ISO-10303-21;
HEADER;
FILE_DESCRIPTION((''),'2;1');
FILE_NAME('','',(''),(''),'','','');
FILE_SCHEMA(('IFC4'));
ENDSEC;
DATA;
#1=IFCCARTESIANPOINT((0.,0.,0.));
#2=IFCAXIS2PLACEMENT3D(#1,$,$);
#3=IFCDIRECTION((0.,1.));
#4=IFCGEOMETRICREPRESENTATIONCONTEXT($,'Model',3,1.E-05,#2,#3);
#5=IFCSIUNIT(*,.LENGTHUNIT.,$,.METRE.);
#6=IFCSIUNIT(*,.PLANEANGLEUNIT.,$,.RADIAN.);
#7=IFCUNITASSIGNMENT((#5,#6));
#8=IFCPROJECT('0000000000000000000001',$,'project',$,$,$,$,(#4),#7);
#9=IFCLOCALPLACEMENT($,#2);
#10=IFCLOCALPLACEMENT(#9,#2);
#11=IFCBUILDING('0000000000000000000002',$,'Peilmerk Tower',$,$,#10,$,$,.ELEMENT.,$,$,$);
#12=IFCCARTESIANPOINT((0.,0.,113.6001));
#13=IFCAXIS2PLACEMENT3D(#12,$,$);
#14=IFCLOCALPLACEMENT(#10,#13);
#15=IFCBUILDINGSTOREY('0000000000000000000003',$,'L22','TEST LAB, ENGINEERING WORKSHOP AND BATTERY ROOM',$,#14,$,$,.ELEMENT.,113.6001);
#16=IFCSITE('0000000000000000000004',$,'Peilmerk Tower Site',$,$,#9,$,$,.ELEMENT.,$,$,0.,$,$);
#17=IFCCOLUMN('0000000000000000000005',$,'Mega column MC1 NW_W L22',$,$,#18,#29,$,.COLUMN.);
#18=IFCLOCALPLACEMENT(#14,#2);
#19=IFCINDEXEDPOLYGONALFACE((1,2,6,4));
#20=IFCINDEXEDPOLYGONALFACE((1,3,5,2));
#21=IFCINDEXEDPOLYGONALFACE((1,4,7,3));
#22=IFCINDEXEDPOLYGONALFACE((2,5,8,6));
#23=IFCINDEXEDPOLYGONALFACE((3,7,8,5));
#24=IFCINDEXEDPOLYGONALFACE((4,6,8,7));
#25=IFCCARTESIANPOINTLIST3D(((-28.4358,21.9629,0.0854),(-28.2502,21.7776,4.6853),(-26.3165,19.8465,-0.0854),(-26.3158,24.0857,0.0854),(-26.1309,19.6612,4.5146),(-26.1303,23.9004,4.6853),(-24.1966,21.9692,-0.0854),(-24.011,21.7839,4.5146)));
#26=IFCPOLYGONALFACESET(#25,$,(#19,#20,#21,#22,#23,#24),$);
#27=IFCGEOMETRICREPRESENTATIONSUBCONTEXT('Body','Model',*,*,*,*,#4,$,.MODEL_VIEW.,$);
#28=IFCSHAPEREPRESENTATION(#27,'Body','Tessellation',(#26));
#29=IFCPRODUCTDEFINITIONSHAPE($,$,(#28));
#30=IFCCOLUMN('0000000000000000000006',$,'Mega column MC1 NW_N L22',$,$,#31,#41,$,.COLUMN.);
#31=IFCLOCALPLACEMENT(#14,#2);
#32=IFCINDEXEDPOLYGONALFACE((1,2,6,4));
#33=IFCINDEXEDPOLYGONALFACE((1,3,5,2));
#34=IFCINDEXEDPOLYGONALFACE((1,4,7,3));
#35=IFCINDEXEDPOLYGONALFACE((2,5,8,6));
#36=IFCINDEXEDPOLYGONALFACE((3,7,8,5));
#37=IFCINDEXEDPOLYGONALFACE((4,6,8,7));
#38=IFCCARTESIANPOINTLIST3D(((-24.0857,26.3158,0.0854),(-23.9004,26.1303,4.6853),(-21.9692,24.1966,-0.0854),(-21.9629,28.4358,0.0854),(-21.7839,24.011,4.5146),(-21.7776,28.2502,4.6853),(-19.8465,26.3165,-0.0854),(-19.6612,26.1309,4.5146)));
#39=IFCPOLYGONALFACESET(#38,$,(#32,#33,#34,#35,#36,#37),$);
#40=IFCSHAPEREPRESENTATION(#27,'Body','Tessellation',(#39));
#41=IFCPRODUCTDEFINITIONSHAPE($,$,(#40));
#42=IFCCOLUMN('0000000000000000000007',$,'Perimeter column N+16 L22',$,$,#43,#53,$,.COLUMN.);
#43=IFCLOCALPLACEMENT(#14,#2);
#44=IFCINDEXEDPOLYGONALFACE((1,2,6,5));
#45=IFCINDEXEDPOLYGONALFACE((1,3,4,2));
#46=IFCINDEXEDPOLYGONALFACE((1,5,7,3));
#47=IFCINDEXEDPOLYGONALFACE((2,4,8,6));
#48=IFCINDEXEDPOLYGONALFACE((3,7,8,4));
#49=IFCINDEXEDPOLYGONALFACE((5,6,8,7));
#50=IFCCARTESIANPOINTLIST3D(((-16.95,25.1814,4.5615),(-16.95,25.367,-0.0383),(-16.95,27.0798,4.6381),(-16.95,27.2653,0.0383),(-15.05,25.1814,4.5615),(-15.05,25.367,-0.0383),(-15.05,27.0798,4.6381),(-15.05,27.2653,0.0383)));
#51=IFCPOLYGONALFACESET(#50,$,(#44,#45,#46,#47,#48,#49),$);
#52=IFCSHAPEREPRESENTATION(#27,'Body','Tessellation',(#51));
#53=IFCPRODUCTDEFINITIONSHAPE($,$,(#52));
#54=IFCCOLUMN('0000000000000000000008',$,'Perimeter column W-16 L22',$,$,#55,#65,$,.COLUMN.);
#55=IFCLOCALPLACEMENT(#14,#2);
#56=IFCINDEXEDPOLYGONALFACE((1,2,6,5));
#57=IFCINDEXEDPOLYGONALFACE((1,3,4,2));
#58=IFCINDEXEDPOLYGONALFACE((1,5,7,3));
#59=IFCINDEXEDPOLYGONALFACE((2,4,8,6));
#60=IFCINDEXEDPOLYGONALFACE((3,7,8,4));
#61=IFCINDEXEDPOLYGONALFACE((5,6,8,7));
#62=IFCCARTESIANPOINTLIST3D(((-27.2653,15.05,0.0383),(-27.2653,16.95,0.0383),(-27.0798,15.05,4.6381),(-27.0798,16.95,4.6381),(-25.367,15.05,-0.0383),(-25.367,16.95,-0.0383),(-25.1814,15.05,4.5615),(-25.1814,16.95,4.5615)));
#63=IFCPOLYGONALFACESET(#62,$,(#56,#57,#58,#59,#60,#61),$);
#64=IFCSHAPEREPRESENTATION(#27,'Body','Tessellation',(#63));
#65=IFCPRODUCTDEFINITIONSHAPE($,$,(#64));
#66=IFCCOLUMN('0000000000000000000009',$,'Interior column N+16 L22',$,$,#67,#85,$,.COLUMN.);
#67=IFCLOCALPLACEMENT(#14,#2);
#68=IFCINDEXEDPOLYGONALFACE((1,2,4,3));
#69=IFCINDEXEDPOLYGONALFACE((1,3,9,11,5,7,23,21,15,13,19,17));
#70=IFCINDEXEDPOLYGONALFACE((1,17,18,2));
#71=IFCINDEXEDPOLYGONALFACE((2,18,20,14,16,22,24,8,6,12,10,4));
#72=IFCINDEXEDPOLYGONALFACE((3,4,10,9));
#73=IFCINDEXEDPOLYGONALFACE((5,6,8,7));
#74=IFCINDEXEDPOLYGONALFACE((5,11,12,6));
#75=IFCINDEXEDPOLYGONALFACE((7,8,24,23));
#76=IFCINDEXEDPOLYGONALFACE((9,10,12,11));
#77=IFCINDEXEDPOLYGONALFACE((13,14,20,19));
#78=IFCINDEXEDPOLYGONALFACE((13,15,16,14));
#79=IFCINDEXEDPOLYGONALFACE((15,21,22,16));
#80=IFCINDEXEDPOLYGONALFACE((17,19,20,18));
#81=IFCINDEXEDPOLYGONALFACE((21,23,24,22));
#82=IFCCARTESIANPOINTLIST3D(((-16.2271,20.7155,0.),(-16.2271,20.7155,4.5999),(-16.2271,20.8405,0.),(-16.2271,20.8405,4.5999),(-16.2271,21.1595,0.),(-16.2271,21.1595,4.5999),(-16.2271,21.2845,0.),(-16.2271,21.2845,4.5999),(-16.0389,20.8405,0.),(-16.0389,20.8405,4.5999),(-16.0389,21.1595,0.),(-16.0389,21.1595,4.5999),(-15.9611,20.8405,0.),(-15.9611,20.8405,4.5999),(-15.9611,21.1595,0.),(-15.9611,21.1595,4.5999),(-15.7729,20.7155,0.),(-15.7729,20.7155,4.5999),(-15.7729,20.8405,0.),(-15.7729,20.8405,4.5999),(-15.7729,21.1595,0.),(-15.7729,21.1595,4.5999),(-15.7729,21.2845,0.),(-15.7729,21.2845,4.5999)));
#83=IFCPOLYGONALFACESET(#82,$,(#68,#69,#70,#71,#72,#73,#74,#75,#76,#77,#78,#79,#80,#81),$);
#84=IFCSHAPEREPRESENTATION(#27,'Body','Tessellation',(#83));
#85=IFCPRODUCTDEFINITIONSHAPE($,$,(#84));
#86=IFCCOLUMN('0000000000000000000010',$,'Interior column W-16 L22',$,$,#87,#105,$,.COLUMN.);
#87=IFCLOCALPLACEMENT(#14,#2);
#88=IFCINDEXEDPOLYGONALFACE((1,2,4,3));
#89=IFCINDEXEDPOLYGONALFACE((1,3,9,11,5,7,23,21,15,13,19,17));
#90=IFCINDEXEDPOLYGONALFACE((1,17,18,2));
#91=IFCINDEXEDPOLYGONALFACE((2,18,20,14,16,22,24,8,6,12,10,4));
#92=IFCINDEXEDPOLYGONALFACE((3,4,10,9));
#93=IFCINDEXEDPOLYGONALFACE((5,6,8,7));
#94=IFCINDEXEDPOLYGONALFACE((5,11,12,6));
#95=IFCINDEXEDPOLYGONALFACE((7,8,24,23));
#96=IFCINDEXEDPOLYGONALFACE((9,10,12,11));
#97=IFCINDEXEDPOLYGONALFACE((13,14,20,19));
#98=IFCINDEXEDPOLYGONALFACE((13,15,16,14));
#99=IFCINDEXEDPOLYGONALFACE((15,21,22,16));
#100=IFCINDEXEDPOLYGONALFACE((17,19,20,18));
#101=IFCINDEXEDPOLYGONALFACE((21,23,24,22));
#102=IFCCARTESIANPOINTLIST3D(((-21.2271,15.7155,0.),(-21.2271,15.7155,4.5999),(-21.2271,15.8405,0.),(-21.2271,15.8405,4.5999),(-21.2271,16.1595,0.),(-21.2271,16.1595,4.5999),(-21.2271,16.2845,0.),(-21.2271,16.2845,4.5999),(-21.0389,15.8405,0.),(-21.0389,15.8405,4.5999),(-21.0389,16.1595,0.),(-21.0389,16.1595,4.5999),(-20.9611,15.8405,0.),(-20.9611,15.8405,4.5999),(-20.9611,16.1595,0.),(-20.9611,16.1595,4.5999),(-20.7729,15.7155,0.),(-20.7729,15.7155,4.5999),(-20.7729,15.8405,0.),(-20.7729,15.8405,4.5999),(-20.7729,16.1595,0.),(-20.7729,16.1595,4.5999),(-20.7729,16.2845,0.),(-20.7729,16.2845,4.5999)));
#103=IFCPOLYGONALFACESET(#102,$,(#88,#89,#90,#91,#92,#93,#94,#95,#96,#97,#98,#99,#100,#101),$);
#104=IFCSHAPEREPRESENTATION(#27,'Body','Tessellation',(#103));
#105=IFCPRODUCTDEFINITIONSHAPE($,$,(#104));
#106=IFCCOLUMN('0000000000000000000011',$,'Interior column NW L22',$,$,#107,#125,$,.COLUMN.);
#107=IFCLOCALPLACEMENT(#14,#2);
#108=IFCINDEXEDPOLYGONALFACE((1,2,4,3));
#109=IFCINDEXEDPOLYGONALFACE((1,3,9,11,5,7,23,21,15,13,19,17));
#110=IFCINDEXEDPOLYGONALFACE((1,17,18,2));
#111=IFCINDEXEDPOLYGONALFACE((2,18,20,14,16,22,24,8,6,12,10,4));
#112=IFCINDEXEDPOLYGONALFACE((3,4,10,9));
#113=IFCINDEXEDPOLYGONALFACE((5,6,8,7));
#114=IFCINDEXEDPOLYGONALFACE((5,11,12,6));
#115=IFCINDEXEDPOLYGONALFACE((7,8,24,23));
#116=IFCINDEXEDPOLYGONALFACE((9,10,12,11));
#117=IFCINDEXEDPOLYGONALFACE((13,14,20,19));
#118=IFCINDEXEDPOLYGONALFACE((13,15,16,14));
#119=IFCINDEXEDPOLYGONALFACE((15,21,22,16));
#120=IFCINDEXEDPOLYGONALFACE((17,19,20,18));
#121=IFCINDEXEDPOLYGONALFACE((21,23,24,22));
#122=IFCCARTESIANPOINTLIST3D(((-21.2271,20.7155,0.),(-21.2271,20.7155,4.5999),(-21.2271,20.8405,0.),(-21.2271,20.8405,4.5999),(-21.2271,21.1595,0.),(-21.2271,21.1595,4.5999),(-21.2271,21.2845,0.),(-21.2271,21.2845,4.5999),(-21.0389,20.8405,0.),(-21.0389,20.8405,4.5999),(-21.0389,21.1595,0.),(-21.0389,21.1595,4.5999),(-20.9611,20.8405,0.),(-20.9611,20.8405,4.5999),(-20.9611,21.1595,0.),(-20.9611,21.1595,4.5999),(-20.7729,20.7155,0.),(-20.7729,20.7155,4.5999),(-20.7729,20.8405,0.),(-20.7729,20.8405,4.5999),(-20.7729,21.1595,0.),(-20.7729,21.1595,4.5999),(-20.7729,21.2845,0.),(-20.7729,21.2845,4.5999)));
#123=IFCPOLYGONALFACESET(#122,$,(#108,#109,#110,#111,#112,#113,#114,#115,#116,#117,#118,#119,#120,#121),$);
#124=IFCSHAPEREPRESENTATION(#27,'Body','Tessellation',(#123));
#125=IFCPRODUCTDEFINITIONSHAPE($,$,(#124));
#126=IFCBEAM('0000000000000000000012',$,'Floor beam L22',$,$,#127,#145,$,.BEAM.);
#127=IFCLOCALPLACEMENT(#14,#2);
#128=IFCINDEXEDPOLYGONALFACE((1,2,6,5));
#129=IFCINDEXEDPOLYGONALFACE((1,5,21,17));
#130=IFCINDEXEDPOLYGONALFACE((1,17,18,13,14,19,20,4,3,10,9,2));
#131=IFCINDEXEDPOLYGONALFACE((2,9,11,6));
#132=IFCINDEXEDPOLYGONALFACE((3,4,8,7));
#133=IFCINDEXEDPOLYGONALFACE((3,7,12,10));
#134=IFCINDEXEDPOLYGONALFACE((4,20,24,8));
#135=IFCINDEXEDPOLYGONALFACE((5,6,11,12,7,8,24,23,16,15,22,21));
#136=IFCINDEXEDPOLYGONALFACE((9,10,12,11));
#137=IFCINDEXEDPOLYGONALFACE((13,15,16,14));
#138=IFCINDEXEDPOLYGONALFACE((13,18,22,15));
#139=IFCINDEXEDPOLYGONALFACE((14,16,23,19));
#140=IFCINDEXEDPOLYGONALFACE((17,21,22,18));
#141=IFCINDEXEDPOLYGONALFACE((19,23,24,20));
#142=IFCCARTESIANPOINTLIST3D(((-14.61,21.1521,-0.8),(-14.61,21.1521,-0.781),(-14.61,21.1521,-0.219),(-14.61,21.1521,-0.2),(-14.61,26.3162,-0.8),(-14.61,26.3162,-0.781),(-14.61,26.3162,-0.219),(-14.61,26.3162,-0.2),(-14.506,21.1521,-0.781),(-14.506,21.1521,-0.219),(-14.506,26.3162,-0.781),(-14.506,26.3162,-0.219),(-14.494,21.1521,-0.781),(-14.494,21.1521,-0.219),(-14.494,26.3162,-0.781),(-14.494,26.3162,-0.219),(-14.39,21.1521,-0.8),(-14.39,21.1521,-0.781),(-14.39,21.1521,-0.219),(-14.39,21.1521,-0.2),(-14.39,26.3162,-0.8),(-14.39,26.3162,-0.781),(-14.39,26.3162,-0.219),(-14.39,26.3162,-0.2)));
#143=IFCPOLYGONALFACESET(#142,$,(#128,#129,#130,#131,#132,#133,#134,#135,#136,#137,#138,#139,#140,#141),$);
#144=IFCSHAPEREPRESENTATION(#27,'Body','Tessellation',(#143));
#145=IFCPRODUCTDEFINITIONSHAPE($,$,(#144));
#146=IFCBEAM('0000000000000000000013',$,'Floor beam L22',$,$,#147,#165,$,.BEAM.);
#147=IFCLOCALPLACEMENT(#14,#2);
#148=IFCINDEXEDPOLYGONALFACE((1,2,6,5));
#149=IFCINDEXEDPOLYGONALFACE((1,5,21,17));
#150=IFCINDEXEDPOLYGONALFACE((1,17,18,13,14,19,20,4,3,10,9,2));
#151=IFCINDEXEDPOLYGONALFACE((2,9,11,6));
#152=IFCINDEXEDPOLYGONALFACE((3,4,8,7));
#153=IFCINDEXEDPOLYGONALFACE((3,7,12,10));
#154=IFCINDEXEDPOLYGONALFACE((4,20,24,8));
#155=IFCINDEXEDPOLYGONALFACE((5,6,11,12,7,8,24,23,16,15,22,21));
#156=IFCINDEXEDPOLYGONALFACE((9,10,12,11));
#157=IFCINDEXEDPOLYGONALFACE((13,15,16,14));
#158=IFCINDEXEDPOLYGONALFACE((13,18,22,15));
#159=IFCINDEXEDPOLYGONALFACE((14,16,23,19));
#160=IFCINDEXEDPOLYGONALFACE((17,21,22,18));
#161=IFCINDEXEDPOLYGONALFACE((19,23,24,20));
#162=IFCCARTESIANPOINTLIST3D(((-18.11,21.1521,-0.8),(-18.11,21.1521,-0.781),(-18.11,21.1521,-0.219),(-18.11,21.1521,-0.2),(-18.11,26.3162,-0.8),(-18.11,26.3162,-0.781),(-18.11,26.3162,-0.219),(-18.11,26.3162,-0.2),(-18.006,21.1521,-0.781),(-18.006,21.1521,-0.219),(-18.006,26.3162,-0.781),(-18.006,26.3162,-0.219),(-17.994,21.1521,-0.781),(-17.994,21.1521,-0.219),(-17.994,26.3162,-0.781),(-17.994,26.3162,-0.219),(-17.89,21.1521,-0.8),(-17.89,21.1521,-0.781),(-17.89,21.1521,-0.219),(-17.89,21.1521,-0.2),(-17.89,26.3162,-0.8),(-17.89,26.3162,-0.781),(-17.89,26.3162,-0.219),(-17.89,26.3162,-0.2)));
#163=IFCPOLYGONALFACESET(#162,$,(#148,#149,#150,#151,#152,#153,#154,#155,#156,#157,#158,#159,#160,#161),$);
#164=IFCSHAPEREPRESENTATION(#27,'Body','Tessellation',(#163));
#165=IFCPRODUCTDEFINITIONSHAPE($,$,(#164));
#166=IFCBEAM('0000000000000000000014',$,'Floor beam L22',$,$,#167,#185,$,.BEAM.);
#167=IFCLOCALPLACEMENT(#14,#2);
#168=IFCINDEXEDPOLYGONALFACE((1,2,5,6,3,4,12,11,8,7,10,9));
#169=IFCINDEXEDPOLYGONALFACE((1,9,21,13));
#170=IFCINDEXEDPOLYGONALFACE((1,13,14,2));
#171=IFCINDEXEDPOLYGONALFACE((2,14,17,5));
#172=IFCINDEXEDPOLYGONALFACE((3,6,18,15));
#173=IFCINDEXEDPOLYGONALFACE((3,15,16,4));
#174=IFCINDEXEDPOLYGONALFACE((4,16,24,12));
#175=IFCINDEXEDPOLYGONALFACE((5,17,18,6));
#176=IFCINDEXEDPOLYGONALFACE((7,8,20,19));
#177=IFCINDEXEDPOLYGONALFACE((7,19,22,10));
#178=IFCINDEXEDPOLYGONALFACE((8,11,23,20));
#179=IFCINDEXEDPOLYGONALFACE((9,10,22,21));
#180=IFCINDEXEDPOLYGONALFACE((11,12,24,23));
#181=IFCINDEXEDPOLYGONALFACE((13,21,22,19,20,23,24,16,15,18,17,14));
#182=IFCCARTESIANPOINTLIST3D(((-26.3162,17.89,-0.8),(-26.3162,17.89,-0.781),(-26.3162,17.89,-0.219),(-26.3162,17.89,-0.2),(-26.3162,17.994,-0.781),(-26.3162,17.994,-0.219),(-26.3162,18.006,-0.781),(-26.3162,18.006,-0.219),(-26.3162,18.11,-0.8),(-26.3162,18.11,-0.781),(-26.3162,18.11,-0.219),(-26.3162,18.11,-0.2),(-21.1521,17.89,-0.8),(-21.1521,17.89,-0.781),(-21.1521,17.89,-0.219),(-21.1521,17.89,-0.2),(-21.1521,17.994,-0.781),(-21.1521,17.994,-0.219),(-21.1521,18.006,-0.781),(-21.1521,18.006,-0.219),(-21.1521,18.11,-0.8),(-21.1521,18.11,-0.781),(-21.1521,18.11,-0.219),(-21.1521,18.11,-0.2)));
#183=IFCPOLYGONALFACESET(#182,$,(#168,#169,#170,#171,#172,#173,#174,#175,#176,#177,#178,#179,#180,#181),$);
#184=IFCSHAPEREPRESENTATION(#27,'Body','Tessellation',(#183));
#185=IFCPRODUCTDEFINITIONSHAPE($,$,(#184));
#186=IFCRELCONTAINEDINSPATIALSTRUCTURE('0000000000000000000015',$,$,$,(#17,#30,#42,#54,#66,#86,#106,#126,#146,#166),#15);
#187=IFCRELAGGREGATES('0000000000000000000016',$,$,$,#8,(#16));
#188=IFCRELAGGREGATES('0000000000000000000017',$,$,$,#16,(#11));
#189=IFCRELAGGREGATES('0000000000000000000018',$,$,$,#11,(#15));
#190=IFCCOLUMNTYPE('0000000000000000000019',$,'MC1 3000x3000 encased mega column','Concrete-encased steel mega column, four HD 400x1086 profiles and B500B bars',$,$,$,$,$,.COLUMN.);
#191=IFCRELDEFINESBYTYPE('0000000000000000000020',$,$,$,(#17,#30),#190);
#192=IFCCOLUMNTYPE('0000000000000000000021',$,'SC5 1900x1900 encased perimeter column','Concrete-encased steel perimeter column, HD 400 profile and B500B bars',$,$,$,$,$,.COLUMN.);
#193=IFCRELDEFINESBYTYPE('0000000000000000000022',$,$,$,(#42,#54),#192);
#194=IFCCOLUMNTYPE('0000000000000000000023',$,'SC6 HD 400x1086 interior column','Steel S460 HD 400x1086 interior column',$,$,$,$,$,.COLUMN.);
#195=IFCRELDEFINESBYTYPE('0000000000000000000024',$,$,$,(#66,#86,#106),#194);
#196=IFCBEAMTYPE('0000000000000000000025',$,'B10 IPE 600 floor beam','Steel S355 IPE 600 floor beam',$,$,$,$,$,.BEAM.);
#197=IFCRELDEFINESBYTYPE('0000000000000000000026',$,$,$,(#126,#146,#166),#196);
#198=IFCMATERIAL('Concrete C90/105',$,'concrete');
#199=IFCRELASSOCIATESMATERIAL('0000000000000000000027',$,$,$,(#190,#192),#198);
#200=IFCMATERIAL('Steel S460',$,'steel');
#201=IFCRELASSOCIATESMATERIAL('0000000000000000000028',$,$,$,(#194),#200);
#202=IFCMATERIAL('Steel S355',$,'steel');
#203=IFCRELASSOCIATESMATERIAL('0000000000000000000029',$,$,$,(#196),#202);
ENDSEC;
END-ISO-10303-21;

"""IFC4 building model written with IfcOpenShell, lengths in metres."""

from ifc_helpers import new_model, si_unit, direction, frame, origin, origin_2d, place, context, subcontext, project, spatial, rectangle, i_section, extrude, material, material_profile, profile_set, type_object, element, save


model = new_model("IFC4")

# Units and contexts
model_context = context("Model", 3, precision=1e-05, world=origin(), true_north=direction((0.0, 1.0)))
body_context = subcontext(model_context, "Body", "Model", "MODEL_VIEW")
ifc_project = project(units=[si_unit("LENGTHUNIT", "METRE"), si_unit("PLANEANGLEUNIT", "RADIAN")], contexts=[model_context])

# Site, building, storey
site_placement = place(None, origin())
site = spatial("IfcSite", under=ifc_project, at=site_placement, Name="Peilmerk Tower Site", CompositionType="ELEMENT", RefElevation=0.0)
building_placement = place(site_placement, origin())
building = spatial("IfcBuilding", under=site, at=building_placement, Name="Peilmerk Tower", CompositionType="ELEMENT")
storey_placement = place(building_placement, frame((0.0, 0.0, 113.6001)))
storey = spatial("IfcBuildingStorey", under=building, at=storey_placement, Name="L22", Description="TEST LAB, ENGINEERING WORKSHOP AND BATTERY ROOM", CompositionType="ELEMENT", Elevation=113.6001)

# Columns
ifc_material_1 = material(Name="Concrete C90/105", Category="concrete")
ifc_material_profile_1 = material_profile(ifc_material_1, rectangle(XDim=3.0, YDim=3.0, at=origin_2d()), Name="RC 3000x3000")
ifc_profile_set_1 = profile_set([ifc_material_profile_1], Name="Concrete C90/105")
column_type_1 = type_object("IfcColumnType", Name="MC1 3000x3000 encased mega column", Description="Concrete-encased steel mega column, four HD 400x1086 profiles and B500B bars", PredefinedType="COLUMN", material=ifc_profile_set_1)
for number, where, z_axis, x_axis, name in (
    (1, (-26.3162, 21.9661, 0.0), (0.040272, -0.040219, 0.998379), (0.706641, 0.707572, 0.0), "Mega column MC1 NW_W L22"),
    (2, (-21.9661, 26.3162, 0.0), (0.040219, -0.040272, 0.998379), (0.707572, 0.706641, 0.0), "Mega column MC1 NW_N L22"),
):
    element("IfcColumn", number, at=place(storey_placement, frame(where, z_axis=z_axis, x_axis=x_axis)), inside=storey, type_object=column_type_1, Name=name, PredefinedType="COLUMN", context=body_context, shape_type="SweptSolid", body=[
        extrude(rectangle(XDim=3.0, YDim=3.0, at=origin_2d()), origin(), (0.0, 0.0, 1.0), 4.6074),
    ])
ifc_material_profile_2 = material_profile(ifc_material_1, rectangle(XDim=1.8999, YDim=1.8999, at=origin_2d()), Name="RC 1900x1900")
ifc_profile_set_2 = profile_set([ifc_material_profile_2], Name="Concrete C90/105")
column_type_2 = type_object("IfcColumnType", Name="SC5 1900x1900 encased perimeter column", Description="Concrete-encased steel perimeter column, HD 400 profile and B500B bars", PredefinedType="COLUMN", material=ifc_profile_set_2)
for number, where, z_axis, x_axis, name in (
    (3, (-16.0, 26.3162, 0.0), (0.0, -0.040305, 0.999187), (1.0, 0.0, 0.0), "Perimeter column N+16 L22"),
    (4, (-26.3162, 16.0, 0.0), (0.040305, 0.0, 0.999187), (0.0, 1.0, 0.0), "Perimeter column W-16 L22"),
):
    element("IfcColumn", number, at=place(storey_placement, frame(where, z_axis=z_axis, x_axis=x_axis)), inside=storey, type_object=column_type_2, Name=name, PredefinedType="COLUMN", context=body_context, shape_type="SweptSolid", body=[
        extrude(rectangle(XDim=1.8999, YDim=1.8999, at=origin_2d()), origin(), (0.0, 0.0, 1.0), 4.6035),
    ])
ifc_material_2 = material(Name="Steel S460", Category="steel")
ifc_material_profile_3 = material_profile(ifc_material_2, i_section(OverallWidth=0.4541, OverallDepth=0.5691, WebThickness=0.0779, FlangeThickness=0.125, at=origin_2d()), Name="HD 400x1086")
ifc_profile_set_3 = profile_set([ifc_material_profile_3], Name="Steel S460")
column_type_3 = type_object("IfcColumnType", Name="SC6 HD 400x1086 interior column", Description="Steel S460 HD 400x1086 interior column", PredefinedType="COLUMN", material=ifc_profile_set_3)
for number, where, z_axis, x_axis, name in (
    (5, (-16.0, 21.0, 0.0), (0.0, 0.0, 1.0), (1.0, 0.0, 0.0), "Interior column N+16 L22"),
    (6, (-21.0, 16.0, 0.0), (0.0, 0.0, 1.0), (1.0, 0.0, 0.0), "Interior column W-16 L22"),
    (7, (-21.0, 21.0, 0.0), (0.0, 0.0, 1.0), (1.0, 0.0, 0.0), "Interior column NW L22"),
):
    element("IfcColumn", number, at=place(storey_placement, frame(where, z_axis=z_axis, x_axis=x_axis)), inside=storey, type_object=column_type_3, Name=name, PredefinedType="COLUMN", context=body_context, shape_type="SweptSolid", body=[
        extrude(i_section(OverallWidth=0.4541, OverallDepth=0.5691, WebThickness=0.0779, FlangeThickness=0.125, at=origin_2d()), origin(), (0.0, 0.0, 1.0), 4.5999),
    ])

# Beams
ifc_material_3 = material(Name="Steel S355", Category="steel")
ifc_material_profile_4 = material_profile(ifc_material_3, i_section(OverallWidth=0.22, OverallDepth=0.6001, WebThickness=0.012, FlangeThickness=0.019, at=origin_2d()), Name="IPE 600")
ifc_profile_set_4 = profile_set([ifc_material_profile_4], Name="Steel S355")
beam_type_1 = type_object("IfcBeamType", Name="B10 IPE 600 floor beam", Description="Steel S355 IPE 600 floor beam", PredefinedType="BEAM", material=ifc_profile_set_4)
for number, where, z_axis, x_axis, name in (
    (8, (-14.5, 21.1521, -0.5), (0.0, 1.0, 0.0), (-1.0, 0.0, 0.0), "Floor beam L22"),
    (9, (-18.0, 21.1521, -0.5), (0.0, 1.0, 0.0), (-1.0, 0.0, 0.0), "Floor beam L22"),
    (10, (-21.1521, 18.0, -0.5), (-1.0, 0.0, 0.0), (0.0, -1.0, 0.0), "Floor beam L22"),
):
    element("IfcBeam", number, at=place(storey_placement, frame(where, z_axis=z_axis, x_axis=x_axis)), inside=storey, type_object=beam_type_1, Name=name, PredefinedType="BEAM", context=body_context, shape_type="SweptSolid", body=[
        extrude(i_section(OverallWidth=0.22, OverallDepth=0.6001, WebThickness=0.012, FlangeThickness=0.019, at=origin_2d()), origin(), (0.0, 0.0, 1.0), 5.1641),
    ])

save(model, "model.ifc")
